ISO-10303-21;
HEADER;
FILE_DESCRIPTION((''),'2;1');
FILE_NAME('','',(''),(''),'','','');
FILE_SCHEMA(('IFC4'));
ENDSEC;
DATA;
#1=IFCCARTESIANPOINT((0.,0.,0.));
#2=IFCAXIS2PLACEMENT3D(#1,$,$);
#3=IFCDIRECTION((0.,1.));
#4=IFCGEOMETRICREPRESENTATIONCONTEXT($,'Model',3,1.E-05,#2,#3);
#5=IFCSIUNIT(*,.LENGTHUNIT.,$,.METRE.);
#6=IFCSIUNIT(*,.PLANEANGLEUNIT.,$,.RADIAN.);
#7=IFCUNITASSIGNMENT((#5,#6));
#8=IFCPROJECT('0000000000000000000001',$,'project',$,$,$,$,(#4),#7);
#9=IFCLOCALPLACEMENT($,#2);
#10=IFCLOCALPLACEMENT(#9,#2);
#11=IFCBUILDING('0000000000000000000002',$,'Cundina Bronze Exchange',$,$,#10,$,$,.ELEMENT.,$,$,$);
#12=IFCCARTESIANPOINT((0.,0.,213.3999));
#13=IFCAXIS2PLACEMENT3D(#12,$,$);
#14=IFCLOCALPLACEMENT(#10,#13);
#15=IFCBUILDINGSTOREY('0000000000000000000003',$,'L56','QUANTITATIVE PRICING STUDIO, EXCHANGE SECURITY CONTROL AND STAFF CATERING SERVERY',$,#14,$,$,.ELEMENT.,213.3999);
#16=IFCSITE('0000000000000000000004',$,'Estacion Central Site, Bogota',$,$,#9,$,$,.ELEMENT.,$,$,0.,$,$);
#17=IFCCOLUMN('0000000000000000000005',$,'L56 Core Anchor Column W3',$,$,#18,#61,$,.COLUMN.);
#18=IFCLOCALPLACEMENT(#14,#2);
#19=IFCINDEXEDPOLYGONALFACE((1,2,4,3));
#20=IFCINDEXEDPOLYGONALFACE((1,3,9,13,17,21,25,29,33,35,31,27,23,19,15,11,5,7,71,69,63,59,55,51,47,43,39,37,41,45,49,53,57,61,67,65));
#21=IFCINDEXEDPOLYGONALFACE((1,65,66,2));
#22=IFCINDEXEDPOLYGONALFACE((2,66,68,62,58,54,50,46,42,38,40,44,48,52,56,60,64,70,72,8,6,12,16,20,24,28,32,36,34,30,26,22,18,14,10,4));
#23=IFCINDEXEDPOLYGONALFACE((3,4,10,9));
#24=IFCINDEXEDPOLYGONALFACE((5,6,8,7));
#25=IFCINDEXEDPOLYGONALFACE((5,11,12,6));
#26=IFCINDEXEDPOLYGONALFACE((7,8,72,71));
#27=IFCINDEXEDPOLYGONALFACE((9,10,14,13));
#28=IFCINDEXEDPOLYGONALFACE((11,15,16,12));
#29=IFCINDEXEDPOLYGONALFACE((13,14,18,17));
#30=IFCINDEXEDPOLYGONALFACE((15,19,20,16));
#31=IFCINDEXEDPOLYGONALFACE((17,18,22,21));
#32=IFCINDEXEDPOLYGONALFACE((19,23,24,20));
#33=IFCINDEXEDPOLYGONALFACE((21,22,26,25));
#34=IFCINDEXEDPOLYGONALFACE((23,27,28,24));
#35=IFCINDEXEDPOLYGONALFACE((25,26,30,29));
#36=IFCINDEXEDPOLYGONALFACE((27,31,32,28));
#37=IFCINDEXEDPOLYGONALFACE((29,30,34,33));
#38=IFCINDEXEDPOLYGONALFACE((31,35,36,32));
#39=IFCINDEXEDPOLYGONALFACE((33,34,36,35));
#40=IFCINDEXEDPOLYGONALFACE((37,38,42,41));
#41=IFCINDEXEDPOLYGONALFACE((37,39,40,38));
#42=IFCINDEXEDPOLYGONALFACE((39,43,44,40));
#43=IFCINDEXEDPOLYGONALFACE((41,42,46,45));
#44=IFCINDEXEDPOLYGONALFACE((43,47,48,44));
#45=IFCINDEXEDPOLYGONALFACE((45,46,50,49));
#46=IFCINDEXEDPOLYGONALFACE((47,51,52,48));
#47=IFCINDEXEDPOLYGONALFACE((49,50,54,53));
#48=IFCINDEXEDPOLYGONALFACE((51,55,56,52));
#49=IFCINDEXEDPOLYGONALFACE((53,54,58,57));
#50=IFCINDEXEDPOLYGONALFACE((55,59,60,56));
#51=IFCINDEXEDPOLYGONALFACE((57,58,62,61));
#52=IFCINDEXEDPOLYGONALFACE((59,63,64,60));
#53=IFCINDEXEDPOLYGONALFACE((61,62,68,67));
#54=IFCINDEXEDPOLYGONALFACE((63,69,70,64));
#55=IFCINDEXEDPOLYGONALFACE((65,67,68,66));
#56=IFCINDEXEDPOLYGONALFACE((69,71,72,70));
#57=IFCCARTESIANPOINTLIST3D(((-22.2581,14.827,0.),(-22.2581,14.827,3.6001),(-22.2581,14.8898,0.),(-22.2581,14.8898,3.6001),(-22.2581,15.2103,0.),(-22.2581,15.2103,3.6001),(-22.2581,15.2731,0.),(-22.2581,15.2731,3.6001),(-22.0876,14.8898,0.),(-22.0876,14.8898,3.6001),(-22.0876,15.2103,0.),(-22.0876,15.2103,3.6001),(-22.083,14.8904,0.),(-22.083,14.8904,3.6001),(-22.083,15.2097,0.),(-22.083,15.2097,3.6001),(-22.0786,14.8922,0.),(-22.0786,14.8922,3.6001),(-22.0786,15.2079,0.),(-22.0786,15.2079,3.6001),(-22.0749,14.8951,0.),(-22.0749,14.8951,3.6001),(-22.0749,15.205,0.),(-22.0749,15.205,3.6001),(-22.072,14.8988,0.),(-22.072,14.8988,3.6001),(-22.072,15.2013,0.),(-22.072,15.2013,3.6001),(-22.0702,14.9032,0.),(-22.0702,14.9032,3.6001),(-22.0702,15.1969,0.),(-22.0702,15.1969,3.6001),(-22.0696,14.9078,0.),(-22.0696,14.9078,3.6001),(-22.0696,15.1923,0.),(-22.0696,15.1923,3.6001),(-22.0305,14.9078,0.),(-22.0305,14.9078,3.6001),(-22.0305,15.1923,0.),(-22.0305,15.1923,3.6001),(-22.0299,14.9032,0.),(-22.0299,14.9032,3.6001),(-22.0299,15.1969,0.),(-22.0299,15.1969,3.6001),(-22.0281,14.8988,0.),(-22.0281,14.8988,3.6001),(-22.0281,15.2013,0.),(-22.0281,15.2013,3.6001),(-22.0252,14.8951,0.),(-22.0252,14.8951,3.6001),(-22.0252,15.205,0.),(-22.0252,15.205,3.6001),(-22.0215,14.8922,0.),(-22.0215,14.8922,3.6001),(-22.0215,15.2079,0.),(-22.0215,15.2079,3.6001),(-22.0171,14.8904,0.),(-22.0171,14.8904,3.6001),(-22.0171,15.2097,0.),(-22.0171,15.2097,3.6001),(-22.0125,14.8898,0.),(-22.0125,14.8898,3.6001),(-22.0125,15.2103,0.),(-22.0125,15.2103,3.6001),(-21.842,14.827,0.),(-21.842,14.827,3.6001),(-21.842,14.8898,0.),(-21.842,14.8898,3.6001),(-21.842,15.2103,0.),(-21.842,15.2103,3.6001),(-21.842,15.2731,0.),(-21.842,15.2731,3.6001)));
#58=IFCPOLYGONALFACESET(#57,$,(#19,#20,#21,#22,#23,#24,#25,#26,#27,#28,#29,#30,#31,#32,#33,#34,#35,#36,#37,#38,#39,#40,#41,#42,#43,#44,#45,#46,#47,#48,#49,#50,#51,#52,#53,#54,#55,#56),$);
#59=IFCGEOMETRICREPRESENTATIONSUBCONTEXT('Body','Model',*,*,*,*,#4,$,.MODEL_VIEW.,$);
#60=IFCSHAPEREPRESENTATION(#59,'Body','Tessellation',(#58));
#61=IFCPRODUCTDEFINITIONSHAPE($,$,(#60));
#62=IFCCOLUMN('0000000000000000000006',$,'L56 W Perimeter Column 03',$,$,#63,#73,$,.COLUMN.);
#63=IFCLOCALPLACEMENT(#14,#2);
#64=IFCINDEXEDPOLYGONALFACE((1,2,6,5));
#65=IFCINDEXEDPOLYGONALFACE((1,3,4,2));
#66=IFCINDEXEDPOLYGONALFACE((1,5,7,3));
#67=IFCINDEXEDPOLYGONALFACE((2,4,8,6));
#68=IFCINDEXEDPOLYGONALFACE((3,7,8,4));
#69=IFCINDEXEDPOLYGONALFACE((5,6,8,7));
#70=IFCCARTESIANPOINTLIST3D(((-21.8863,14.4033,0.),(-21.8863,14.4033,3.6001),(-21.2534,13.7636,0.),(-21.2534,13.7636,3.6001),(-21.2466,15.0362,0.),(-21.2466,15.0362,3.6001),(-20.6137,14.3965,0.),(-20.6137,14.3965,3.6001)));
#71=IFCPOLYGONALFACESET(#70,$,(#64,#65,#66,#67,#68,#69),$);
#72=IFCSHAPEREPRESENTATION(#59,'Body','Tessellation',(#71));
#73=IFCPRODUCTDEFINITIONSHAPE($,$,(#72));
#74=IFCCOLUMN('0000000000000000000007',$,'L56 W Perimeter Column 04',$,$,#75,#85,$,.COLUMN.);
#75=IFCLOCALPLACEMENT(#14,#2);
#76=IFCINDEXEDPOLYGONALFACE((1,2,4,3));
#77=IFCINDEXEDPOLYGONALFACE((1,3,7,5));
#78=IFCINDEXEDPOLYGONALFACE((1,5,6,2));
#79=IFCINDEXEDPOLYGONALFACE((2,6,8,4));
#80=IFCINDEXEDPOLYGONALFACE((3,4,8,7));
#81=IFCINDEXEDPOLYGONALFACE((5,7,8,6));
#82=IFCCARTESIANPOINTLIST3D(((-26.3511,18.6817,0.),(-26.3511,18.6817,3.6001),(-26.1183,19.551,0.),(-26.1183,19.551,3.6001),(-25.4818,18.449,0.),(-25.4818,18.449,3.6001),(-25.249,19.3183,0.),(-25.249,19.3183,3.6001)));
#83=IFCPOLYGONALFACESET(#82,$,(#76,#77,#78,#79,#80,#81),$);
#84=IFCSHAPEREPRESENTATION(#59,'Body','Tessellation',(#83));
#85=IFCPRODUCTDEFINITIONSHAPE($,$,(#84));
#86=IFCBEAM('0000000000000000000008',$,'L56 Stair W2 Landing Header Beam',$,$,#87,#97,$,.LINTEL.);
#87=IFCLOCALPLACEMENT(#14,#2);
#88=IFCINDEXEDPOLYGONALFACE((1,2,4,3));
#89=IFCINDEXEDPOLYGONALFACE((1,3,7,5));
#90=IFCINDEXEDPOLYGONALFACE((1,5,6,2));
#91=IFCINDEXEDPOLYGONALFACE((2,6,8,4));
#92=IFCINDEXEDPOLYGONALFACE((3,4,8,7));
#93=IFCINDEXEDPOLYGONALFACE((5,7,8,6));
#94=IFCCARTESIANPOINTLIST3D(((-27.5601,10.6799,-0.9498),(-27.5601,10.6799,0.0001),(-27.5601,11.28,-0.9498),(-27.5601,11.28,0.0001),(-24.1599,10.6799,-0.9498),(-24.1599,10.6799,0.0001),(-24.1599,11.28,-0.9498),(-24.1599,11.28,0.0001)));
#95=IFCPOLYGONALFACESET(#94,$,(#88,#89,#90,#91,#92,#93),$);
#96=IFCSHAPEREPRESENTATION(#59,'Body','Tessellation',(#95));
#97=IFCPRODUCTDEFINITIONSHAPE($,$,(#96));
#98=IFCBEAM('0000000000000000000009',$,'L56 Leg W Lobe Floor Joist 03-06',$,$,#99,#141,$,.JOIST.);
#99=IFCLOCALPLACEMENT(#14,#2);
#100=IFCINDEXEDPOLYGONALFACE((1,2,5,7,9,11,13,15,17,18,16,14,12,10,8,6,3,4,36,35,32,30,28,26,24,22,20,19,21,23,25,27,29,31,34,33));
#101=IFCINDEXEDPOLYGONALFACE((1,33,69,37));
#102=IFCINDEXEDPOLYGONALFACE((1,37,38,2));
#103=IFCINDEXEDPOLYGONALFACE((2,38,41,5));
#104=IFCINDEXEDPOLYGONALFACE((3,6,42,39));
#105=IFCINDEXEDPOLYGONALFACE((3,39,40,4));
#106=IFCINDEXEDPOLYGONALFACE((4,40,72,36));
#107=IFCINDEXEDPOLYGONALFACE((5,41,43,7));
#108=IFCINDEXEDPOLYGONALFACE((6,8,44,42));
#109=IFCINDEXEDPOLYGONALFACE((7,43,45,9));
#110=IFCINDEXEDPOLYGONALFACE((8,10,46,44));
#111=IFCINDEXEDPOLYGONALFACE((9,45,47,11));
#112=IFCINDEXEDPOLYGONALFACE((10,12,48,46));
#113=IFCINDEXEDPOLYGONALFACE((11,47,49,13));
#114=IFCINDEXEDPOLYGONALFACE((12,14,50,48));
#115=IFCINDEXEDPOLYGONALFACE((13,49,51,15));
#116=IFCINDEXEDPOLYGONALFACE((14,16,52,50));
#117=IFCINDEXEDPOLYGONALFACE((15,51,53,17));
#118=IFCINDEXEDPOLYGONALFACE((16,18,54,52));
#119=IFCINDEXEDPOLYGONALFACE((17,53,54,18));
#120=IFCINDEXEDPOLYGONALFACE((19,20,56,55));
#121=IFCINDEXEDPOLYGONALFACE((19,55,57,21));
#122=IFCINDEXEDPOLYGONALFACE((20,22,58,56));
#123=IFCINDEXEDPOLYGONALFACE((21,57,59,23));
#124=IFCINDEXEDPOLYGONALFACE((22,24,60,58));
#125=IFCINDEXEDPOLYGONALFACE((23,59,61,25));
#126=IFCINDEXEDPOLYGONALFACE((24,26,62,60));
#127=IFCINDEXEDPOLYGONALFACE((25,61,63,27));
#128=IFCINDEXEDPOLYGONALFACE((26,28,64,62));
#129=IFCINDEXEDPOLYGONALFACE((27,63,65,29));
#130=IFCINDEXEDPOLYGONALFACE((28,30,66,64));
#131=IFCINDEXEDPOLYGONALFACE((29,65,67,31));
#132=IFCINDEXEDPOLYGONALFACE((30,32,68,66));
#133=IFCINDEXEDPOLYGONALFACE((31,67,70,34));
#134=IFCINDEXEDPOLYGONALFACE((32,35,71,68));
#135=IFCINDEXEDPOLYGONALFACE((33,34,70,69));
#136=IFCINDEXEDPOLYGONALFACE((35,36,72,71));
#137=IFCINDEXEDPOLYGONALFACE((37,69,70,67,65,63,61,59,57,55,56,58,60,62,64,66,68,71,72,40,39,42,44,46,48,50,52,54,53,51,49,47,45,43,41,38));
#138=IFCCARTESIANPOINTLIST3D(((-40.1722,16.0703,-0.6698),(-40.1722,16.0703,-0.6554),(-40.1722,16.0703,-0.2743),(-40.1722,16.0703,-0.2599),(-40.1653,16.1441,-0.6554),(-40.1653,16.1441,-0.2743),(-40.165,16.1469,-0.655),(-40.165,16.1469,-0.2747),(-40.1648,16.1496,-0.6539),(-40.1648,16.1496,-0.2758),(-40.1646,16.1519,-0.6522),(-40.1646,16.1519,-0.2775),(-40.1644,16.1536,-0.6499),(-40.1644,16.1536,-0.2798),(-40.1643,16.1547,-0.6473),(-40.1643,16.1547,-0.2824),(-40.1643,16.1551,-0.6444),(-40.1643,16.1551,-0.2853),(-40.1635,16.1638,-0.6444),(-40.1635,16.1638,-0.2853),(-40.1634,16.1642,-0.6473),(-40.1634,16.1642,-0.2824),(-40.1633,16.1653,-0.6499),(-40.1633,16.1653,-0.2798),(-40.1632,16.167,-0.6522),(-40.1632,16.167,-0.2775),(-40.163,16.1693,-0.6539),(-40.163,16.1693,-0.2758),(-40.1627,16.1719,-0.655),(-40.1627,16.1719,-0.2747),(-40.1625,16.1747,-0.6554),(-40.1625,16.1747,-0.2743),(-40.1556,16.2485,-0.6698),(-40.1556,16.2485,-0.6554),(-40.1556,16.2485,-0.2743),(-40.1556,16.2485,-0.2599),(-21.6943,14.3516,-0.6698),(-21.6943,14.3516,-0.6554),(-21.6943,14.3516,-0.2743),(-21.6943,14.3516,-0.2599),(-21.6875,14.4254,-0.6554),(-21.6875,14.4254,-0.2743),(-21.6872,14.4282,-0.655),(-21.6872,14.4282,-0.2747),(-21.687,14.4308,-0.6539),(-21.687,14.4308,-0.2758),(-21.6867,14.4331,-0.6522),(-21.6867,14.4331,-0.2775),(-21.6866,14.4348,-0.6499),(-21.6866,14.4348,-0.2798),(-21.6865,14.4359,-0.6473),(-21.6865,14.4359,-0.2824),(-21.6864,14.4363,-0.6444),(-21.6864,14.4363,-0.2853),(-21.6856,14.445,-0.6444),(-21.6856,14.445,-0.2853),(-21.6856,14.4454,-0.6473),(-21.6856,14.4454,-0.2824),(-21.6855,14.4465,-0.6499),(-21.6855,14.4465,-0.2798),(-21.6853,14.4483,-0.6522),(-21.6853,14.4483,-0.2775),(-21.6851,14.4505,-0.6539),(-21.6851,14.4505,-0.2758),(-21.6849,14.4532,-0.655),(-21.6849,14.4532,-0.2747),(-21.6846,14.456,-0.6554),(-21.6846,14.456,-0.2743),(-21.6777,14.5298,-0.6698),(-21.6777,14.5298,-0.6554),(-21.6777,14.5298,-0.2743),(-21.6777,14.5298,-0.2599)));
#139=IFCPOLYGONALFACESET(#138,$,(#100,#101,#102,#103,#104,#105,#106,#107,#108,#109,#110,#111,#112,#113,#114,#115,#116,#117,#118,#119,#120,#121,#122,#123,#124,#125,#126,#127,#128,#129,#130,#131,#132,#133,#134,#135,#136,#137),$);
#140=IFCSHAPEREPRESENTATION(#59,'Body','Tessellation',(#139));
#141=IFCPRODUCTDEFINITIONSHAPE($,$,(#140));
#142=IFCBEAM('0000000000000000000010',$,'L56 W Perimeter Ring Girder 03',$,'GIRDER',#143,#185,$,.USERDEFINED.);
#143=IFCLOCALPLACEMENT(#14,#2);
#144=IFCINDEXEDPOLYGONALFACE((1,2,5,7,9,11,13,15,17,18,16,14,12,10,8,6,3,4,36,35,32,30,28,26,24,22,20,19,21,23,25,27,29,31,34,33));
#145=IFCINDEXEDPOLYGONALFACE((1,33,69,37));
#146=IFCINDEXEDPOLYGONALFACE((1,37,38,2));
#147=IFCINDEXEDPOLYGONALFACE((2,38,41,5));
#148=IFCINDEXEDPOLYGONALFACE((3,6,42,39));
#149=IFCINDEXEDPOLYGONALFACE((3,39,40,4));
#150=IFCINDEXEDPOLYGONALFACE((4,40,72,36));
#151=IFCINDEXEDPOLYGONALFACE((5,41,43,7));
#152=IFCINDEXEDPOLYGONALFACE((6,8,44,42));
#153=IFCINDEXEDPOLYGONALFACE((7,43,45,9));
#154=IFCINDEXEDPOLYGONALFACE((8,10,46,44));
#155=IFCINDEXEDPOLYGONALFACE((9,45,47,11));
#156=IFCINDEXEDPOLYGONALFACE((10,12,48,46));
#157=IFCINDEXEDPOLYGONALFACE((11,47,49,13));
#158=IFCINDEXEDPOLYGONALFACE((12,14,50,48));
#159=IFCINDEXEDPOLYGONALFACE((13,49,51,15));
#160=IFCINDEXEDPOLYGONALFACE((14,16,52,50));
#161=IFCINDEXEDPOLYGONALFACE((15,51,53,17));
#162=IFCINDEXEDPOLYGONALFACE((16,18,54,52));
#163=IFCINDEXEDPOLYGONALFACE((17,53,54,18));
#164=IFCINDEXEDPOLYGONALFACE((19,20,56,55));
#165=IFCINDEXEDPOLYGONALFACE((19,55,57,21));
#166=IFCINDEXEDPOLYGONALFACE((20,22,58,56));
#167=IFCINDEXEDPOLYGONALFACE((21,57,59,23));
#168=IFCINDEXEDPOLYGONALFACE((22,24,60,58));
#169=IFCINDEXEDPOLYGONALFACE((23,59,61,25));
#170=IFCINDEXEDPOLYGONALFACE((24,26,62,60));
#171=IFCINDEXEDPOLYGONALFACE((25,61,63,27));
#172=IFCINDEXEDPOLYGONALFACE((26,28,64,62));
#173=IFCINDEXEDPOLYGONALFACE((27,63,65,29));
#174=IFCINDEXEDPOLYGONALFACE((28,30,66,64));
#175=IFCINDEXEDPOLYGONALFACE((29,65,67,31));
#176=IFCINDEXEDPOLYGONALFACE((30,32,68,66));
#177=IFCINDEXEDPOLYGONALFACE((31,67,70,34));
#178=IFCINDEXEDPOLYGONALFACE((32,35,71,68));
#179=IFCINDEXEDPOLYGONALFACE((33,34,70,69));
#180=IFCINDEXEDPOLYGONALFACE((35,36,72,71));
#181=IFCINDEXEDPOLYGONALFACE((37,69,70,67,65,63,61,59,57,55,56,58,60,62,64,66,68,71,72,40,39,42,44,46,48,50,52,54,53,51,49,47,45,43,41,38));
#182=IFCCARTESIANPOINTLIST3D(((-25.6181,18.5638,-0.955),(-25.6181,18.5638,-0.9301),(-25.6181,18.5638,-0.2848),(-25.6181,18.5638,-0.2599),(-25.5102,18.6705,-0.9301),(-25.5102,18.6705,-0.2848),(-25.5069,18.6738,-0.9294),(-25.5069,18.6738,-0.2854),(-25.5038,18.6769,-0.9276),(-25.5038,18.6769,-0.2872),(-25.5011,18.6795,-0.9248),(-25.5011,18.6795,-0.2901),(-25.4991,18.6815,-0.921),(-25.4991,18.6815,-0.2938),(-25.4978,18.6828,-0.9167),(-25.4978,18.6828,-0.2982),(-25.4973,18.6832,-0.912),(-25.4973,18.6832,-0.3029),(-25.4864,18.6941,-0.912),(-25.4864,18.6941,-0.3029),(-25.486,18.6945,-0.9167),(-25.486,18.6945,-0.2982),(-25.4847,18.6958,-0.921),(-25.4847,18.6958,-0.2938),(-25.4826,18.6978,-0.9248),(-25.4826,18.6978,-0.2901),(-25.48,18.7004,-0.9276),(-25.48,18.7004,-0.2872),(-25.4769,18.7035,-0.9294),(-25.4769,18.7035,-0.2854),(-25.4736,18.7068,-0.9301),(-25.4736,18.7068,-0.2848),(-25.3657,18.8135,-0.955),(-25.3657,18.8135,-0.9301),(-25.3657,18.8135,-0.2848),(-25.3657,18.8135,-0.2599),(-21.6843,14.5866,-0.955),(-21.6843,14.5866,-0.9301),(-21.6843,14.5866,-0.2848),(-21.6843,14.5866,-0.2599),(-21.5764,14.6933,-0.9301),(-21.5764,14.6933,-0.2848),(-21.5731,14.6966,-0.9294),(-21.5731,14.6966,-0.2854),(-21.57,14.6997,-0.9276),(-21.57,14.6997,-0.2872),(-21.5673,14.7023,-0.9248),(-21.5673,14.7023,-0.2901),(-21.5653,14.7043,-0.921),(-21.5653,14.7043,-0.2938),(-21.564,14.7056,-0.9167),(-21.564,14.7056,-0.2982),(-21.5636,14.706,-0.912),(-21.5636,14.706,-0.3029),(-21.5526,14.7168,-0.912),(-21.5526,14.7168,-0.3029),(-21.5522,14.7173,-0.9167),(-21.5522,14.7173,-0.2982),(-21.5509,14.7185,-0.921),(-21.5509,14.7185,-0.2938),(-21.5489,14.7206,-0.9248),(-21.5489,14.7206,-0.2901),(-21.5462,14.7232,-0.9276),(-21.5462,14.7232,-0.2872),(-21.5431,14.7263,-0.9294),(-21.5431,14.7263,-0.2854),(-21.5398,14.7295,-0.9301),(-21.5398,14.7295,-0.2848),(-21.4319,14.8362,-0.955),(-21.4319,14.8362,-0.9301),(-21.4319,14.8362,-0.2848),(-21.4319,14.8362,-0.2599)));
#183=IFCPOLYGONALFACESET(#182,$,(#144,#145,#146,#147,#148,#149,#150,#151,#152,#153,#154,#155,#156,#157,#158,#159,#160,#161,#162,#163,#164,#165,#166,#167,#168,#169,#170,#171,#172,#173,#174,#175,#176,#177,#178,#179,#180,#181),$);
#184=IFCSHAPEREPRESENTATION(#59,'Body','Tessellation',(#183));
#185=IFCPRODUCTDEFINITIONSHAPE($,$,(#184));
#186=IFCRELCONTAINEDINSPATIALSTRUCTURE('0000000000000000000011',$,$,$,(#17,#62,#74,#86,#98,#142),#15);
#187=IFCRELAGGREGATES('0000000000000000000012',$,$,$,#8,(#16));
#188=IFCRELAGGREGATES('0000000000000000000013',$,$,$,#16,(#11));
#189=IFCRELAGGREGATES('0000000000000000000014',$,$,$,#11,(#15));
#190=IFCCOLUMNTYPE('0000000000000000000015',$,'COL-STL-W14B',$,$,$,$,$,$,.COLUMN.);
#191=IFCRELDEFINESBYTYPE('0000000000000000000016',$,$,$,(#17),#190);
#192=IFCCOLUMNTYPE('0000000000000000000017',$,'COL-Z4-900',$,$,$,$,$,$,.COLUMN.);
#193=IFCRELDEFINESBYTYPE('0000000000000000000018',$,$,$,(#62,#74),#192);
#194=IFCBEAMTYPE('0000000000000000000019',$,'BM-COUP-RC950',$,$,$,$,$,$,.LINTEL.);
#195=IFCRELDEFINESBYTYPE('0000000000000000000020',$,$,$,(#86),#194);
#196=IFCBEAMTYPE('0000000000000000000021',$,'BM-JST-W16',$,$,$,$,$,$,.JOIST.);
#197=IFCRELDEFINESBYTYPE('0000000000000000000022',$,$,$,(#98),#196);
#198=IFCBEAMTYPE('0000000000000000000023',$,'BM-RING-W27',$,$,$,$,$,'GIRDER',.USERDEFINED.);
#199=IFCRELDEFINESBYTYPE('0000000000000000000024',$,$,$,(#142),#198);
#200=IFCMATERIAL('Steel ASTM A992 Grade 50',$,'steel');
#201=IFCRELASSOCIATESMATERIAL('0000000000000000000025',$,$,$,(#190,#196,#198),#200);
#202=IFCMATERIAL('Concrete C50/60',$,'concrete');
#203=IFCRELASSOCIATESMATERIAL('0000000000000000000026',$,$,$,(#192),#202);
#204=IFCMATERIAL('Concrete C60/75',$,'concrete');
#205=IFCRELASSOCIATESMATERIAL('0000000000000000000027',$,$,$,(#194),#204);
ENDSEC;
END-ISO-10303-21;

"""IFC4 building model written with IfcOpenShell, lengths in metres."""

from ifc_helpers import new_model, si_unit, direction, frame, origin, origin_2d, place, context, subcontext, project, spatial, rectangle, i_section, extrude, material, material_profile, profile_set, type_object, element, save


model = new_model("IFC4")

# Units and contexts
model_context = context("Model", 3, precision=1e-05, world=origin(), true_north=direction((0.0, 1.0)))
body_context = subcontext(model_context, "Body", "Model", "MODEL_VIEW")
ifc_project = project(units=[si_unit("LENGTHUNIT", "METRE"), si_unit("PLANEANGLEUNIT", "RADIAN")], contexts=[model_context])

# Site, building, storey
site_placement = place(None, origin())
site = spatial("IfcSite", under=ifc_project, at=site_placement, Name="Estacion Central Site, Bogota", CompositionType="ELEMENT", RefElevation=0.0)
building_placement = place(site_placement, origin())
building = spatial("IfcBuilding", under=site, at=building_placement, Name="Cundina Bronze Exchange", CompositionType="ELEMENT")
storey_placement = place(building_placement, frame((0.0, 0.0, 213.3999)))
storey = spatial("IfcBuildingStorey", under=building, at=storey_placement, Name="L56", Description="QUANTITATIVE PRICING STUDIO, EXCHANGE SECURITY CONTROL AND STAFF CATERING SERVERY", CompositionType="ELEMENT", Elevation=213.3999)

# Columns
ifc_material_1 = material(Name="Steel ASTM A992 Grade 50", Category="steel")
ifc_material_profile_1 = material_profile(ifc_material_1, i_section(OverallWidth=0.416, OverallDepth=0.446, WebThickness=0.0391, FlangeThickness=0.0627, FilletRadius=0.0181, at=origin_2d()), Name="W14X342", Category="steel")
ifc_profile_set_1 = profile_set([ifc_material_profile_1], Name="Steel ASTM A992 Grade 50")
column_type_1 = type_object("IfcColumnType", Name="COL-STL-W14B", PredefinedType="COLUMN", material=ifc_profile_set_1)
column_placement = place(storey_placement, frame((-22.05, 15.05, 0.0), z_axis=(0.0, 0.0, 1.0), x_axis=(1.0, 0.0, 0.0)))
element("IfcColumn", 1, at=column_placement, inside=storey, type_object=column_type_1, Name="L56 Core Anchor Column W3", PredefinedType="COLUMN", context=body_context, shape_type="SweptSolid", body=[
    extrude(i_section(OverallWidth=0.416, OverallDepth=0.446, WebThickness=0.0391, FlangeThickness=0.0627, FilletRadius=0.0181, at=origin_2d()), origin(), (0.0, 0.0, 1.0), 3.6001),
])
ifc_material_2 = material(Name="Concrete C50/60", Category="concrete")
ifc_material_profile_2 = material_profile(ifc_material_2, rectangle(XDim=0.8999, YDim=0.8999, at=origin_2d()), Name="RC900X900", Category="concrete")
ifc_profile_set_2 = profile_set([ifc_material_profile_2], Name="Concrete C50/60")
column_type_2 = type_object("IfcColumnType", Name="COL-Z4-900", PredefinedType="COLUMN", material=ifc_profile_set_2)
for number, where, z_axis, x_axis, name in (
    (2, (-21.25, 14.3999, 0.0), (0.0, 0.0, 1.0), (-0.703271, 0.710922, 0.0), "L56 W Perimeter Column 03"),
    (3, (-25.8, 19.0, 0.0), (0.0, 0.0, 1.0), (-0.965971, 0.25865, 0.0), "L56 W Perimeter Column 04"),
):
    element("IfcColumn", number, at=place(storey_placement, frame(where, z_axis=z_axis, x_axis=x_axis)), inside=storey, type_object=column_type_2, Name=name, PredefinedType="COLUMN", context=body_context, shape_type="SweptSolid", body=[
        extrude(rectangle(XDim=0.8999, YDim=0.8999, at=origin_2d()), origin(), (0.0, 0.0, 1.0), 3.6001),
    ])

# Beams
ifc_material_3 = material(Name="Concrete C60/75", Category="concrete")
ifc_material_profile_3 = material_profile(ifc_material_3, rectangle(XDim=0.6001, YDim=0.95, at=origin_2d()), Name="RC600X950", Category="concrete")
ifc_profile_set_3 = profile_set([ifc_material_profile_3], Name="Concrete C60/75")
beam_type_1 = type_object("IfcBeamType", Name="BM-COUP-RC950", PredefinedType="LINTEL", material=ifc_profile_set_3)
beam_1_placement = place(storey_placement, frame((-27.5601, 10.98, -0.4749), z_axis=(1.0, 0.0, 0.0), x_axis=(0.0, 1.0, 0.0)))
element("IfcBeam", 4, at=beam_1_placement, inside=storey, type_object=beam_type_1, Name="L56 Stair W2 Landing Header Beam", PredefinedType="LINTEL", context=body_context, shape_type="SweptSolid", body=[
    extrude(rectangle(XDim=0.6001, YDim=0.95, at=origin_2d()), origin(), (0.0, 0.0, 1.0), 3.4001),
])
ifc_material_profile_4 = material_profile(ifc_material_1, i_section(OverallWidth=0.179, OverallDepth=0.4099, WebThickness=0.0088, FlangeThickness=0.0144, FilletRadius=0.011, at=origin_2d()), Name="W16X45", Category="steel")
ifc_profile_set_4 = profile_set([ifc_material_profile_4], Name="Steel ASTM A992 Grade 50")
beam_type_2 = type_object("IfcBeamType", Name="BM-JST-W16", PredefinedType="JOIST", material=ifc_profile_set_4)
beam_2_placement = place(storey_placement, frame((-21.686, 14.4407, -0.4648), z_axis=(-0.995702, 0.092617, 0.0), x_axis=(-0.092617, -0.995702, 0.0)))
element("IfcBeam", 5, at=beam_2_placement, inside=storey, type_object=beam_type_2, Name="L56 Leg W Lobe Floor Joist 03-06", PredefinedType="JOIST", context=body_context, shape_type="SweptSolid", body=[
    extrude(i_section(OverallWidth=0.179, OverallDepth=0.4099, WebThickness=0.0088, FlangeThickness=0.0144, FilletRadius=0.011, at=origin_2d()), origin(), (0.0, 0.0, 1.0), 18.5576),
])
ifc_material_profile_5 = material_profile(ifc_material_1, i_section(OverallWidth=0.355, OverallDepth=0.6951, WebThickness=0.0154, FlangeThickness=0.0249, FilletRadius=0.0181, at=origin_2d()), Name="W27X146", Category="steel")
ifc_profile_set_5 = profile_set([ifc_material_profile_5], Name="Steel ASTM A992 Grade 50")
beam_type_3 = type_object("IfcBeamType", Name="BM-RING-W27", ElementType="GIRDER", PredefinedType="USERDEFINED", material=ifc_profile_set_5)
beam_3_placement = place(storey_placement, frame((-21.5581, 14.7114, -0.6074), z_axis=(-0.703212, 0.71098, 0.0), x_axis=(-0.71098, -0.703212, 0.0)))
element("IfcBeam", 6, at=beam_3_placement, inside=storey, type_object=beam_type_3, Name="L56 W Perimeter Ring Girder 03", ObjectType="GIRDER", PredefinedType="USERDEFINED", context=body_context, shape_type="SweptSolid", body=[
    extrude(i_section(OverallWidth=0.355, OverallDepth=0.6951, WebThickness=0.0154, FlangeThickness=0.0249, FilletRadius=0.0181, at=origin_2d()), origin(), (0.0, 0.0, 1.0), 5.594),
])

save(model, "model.ifc")
